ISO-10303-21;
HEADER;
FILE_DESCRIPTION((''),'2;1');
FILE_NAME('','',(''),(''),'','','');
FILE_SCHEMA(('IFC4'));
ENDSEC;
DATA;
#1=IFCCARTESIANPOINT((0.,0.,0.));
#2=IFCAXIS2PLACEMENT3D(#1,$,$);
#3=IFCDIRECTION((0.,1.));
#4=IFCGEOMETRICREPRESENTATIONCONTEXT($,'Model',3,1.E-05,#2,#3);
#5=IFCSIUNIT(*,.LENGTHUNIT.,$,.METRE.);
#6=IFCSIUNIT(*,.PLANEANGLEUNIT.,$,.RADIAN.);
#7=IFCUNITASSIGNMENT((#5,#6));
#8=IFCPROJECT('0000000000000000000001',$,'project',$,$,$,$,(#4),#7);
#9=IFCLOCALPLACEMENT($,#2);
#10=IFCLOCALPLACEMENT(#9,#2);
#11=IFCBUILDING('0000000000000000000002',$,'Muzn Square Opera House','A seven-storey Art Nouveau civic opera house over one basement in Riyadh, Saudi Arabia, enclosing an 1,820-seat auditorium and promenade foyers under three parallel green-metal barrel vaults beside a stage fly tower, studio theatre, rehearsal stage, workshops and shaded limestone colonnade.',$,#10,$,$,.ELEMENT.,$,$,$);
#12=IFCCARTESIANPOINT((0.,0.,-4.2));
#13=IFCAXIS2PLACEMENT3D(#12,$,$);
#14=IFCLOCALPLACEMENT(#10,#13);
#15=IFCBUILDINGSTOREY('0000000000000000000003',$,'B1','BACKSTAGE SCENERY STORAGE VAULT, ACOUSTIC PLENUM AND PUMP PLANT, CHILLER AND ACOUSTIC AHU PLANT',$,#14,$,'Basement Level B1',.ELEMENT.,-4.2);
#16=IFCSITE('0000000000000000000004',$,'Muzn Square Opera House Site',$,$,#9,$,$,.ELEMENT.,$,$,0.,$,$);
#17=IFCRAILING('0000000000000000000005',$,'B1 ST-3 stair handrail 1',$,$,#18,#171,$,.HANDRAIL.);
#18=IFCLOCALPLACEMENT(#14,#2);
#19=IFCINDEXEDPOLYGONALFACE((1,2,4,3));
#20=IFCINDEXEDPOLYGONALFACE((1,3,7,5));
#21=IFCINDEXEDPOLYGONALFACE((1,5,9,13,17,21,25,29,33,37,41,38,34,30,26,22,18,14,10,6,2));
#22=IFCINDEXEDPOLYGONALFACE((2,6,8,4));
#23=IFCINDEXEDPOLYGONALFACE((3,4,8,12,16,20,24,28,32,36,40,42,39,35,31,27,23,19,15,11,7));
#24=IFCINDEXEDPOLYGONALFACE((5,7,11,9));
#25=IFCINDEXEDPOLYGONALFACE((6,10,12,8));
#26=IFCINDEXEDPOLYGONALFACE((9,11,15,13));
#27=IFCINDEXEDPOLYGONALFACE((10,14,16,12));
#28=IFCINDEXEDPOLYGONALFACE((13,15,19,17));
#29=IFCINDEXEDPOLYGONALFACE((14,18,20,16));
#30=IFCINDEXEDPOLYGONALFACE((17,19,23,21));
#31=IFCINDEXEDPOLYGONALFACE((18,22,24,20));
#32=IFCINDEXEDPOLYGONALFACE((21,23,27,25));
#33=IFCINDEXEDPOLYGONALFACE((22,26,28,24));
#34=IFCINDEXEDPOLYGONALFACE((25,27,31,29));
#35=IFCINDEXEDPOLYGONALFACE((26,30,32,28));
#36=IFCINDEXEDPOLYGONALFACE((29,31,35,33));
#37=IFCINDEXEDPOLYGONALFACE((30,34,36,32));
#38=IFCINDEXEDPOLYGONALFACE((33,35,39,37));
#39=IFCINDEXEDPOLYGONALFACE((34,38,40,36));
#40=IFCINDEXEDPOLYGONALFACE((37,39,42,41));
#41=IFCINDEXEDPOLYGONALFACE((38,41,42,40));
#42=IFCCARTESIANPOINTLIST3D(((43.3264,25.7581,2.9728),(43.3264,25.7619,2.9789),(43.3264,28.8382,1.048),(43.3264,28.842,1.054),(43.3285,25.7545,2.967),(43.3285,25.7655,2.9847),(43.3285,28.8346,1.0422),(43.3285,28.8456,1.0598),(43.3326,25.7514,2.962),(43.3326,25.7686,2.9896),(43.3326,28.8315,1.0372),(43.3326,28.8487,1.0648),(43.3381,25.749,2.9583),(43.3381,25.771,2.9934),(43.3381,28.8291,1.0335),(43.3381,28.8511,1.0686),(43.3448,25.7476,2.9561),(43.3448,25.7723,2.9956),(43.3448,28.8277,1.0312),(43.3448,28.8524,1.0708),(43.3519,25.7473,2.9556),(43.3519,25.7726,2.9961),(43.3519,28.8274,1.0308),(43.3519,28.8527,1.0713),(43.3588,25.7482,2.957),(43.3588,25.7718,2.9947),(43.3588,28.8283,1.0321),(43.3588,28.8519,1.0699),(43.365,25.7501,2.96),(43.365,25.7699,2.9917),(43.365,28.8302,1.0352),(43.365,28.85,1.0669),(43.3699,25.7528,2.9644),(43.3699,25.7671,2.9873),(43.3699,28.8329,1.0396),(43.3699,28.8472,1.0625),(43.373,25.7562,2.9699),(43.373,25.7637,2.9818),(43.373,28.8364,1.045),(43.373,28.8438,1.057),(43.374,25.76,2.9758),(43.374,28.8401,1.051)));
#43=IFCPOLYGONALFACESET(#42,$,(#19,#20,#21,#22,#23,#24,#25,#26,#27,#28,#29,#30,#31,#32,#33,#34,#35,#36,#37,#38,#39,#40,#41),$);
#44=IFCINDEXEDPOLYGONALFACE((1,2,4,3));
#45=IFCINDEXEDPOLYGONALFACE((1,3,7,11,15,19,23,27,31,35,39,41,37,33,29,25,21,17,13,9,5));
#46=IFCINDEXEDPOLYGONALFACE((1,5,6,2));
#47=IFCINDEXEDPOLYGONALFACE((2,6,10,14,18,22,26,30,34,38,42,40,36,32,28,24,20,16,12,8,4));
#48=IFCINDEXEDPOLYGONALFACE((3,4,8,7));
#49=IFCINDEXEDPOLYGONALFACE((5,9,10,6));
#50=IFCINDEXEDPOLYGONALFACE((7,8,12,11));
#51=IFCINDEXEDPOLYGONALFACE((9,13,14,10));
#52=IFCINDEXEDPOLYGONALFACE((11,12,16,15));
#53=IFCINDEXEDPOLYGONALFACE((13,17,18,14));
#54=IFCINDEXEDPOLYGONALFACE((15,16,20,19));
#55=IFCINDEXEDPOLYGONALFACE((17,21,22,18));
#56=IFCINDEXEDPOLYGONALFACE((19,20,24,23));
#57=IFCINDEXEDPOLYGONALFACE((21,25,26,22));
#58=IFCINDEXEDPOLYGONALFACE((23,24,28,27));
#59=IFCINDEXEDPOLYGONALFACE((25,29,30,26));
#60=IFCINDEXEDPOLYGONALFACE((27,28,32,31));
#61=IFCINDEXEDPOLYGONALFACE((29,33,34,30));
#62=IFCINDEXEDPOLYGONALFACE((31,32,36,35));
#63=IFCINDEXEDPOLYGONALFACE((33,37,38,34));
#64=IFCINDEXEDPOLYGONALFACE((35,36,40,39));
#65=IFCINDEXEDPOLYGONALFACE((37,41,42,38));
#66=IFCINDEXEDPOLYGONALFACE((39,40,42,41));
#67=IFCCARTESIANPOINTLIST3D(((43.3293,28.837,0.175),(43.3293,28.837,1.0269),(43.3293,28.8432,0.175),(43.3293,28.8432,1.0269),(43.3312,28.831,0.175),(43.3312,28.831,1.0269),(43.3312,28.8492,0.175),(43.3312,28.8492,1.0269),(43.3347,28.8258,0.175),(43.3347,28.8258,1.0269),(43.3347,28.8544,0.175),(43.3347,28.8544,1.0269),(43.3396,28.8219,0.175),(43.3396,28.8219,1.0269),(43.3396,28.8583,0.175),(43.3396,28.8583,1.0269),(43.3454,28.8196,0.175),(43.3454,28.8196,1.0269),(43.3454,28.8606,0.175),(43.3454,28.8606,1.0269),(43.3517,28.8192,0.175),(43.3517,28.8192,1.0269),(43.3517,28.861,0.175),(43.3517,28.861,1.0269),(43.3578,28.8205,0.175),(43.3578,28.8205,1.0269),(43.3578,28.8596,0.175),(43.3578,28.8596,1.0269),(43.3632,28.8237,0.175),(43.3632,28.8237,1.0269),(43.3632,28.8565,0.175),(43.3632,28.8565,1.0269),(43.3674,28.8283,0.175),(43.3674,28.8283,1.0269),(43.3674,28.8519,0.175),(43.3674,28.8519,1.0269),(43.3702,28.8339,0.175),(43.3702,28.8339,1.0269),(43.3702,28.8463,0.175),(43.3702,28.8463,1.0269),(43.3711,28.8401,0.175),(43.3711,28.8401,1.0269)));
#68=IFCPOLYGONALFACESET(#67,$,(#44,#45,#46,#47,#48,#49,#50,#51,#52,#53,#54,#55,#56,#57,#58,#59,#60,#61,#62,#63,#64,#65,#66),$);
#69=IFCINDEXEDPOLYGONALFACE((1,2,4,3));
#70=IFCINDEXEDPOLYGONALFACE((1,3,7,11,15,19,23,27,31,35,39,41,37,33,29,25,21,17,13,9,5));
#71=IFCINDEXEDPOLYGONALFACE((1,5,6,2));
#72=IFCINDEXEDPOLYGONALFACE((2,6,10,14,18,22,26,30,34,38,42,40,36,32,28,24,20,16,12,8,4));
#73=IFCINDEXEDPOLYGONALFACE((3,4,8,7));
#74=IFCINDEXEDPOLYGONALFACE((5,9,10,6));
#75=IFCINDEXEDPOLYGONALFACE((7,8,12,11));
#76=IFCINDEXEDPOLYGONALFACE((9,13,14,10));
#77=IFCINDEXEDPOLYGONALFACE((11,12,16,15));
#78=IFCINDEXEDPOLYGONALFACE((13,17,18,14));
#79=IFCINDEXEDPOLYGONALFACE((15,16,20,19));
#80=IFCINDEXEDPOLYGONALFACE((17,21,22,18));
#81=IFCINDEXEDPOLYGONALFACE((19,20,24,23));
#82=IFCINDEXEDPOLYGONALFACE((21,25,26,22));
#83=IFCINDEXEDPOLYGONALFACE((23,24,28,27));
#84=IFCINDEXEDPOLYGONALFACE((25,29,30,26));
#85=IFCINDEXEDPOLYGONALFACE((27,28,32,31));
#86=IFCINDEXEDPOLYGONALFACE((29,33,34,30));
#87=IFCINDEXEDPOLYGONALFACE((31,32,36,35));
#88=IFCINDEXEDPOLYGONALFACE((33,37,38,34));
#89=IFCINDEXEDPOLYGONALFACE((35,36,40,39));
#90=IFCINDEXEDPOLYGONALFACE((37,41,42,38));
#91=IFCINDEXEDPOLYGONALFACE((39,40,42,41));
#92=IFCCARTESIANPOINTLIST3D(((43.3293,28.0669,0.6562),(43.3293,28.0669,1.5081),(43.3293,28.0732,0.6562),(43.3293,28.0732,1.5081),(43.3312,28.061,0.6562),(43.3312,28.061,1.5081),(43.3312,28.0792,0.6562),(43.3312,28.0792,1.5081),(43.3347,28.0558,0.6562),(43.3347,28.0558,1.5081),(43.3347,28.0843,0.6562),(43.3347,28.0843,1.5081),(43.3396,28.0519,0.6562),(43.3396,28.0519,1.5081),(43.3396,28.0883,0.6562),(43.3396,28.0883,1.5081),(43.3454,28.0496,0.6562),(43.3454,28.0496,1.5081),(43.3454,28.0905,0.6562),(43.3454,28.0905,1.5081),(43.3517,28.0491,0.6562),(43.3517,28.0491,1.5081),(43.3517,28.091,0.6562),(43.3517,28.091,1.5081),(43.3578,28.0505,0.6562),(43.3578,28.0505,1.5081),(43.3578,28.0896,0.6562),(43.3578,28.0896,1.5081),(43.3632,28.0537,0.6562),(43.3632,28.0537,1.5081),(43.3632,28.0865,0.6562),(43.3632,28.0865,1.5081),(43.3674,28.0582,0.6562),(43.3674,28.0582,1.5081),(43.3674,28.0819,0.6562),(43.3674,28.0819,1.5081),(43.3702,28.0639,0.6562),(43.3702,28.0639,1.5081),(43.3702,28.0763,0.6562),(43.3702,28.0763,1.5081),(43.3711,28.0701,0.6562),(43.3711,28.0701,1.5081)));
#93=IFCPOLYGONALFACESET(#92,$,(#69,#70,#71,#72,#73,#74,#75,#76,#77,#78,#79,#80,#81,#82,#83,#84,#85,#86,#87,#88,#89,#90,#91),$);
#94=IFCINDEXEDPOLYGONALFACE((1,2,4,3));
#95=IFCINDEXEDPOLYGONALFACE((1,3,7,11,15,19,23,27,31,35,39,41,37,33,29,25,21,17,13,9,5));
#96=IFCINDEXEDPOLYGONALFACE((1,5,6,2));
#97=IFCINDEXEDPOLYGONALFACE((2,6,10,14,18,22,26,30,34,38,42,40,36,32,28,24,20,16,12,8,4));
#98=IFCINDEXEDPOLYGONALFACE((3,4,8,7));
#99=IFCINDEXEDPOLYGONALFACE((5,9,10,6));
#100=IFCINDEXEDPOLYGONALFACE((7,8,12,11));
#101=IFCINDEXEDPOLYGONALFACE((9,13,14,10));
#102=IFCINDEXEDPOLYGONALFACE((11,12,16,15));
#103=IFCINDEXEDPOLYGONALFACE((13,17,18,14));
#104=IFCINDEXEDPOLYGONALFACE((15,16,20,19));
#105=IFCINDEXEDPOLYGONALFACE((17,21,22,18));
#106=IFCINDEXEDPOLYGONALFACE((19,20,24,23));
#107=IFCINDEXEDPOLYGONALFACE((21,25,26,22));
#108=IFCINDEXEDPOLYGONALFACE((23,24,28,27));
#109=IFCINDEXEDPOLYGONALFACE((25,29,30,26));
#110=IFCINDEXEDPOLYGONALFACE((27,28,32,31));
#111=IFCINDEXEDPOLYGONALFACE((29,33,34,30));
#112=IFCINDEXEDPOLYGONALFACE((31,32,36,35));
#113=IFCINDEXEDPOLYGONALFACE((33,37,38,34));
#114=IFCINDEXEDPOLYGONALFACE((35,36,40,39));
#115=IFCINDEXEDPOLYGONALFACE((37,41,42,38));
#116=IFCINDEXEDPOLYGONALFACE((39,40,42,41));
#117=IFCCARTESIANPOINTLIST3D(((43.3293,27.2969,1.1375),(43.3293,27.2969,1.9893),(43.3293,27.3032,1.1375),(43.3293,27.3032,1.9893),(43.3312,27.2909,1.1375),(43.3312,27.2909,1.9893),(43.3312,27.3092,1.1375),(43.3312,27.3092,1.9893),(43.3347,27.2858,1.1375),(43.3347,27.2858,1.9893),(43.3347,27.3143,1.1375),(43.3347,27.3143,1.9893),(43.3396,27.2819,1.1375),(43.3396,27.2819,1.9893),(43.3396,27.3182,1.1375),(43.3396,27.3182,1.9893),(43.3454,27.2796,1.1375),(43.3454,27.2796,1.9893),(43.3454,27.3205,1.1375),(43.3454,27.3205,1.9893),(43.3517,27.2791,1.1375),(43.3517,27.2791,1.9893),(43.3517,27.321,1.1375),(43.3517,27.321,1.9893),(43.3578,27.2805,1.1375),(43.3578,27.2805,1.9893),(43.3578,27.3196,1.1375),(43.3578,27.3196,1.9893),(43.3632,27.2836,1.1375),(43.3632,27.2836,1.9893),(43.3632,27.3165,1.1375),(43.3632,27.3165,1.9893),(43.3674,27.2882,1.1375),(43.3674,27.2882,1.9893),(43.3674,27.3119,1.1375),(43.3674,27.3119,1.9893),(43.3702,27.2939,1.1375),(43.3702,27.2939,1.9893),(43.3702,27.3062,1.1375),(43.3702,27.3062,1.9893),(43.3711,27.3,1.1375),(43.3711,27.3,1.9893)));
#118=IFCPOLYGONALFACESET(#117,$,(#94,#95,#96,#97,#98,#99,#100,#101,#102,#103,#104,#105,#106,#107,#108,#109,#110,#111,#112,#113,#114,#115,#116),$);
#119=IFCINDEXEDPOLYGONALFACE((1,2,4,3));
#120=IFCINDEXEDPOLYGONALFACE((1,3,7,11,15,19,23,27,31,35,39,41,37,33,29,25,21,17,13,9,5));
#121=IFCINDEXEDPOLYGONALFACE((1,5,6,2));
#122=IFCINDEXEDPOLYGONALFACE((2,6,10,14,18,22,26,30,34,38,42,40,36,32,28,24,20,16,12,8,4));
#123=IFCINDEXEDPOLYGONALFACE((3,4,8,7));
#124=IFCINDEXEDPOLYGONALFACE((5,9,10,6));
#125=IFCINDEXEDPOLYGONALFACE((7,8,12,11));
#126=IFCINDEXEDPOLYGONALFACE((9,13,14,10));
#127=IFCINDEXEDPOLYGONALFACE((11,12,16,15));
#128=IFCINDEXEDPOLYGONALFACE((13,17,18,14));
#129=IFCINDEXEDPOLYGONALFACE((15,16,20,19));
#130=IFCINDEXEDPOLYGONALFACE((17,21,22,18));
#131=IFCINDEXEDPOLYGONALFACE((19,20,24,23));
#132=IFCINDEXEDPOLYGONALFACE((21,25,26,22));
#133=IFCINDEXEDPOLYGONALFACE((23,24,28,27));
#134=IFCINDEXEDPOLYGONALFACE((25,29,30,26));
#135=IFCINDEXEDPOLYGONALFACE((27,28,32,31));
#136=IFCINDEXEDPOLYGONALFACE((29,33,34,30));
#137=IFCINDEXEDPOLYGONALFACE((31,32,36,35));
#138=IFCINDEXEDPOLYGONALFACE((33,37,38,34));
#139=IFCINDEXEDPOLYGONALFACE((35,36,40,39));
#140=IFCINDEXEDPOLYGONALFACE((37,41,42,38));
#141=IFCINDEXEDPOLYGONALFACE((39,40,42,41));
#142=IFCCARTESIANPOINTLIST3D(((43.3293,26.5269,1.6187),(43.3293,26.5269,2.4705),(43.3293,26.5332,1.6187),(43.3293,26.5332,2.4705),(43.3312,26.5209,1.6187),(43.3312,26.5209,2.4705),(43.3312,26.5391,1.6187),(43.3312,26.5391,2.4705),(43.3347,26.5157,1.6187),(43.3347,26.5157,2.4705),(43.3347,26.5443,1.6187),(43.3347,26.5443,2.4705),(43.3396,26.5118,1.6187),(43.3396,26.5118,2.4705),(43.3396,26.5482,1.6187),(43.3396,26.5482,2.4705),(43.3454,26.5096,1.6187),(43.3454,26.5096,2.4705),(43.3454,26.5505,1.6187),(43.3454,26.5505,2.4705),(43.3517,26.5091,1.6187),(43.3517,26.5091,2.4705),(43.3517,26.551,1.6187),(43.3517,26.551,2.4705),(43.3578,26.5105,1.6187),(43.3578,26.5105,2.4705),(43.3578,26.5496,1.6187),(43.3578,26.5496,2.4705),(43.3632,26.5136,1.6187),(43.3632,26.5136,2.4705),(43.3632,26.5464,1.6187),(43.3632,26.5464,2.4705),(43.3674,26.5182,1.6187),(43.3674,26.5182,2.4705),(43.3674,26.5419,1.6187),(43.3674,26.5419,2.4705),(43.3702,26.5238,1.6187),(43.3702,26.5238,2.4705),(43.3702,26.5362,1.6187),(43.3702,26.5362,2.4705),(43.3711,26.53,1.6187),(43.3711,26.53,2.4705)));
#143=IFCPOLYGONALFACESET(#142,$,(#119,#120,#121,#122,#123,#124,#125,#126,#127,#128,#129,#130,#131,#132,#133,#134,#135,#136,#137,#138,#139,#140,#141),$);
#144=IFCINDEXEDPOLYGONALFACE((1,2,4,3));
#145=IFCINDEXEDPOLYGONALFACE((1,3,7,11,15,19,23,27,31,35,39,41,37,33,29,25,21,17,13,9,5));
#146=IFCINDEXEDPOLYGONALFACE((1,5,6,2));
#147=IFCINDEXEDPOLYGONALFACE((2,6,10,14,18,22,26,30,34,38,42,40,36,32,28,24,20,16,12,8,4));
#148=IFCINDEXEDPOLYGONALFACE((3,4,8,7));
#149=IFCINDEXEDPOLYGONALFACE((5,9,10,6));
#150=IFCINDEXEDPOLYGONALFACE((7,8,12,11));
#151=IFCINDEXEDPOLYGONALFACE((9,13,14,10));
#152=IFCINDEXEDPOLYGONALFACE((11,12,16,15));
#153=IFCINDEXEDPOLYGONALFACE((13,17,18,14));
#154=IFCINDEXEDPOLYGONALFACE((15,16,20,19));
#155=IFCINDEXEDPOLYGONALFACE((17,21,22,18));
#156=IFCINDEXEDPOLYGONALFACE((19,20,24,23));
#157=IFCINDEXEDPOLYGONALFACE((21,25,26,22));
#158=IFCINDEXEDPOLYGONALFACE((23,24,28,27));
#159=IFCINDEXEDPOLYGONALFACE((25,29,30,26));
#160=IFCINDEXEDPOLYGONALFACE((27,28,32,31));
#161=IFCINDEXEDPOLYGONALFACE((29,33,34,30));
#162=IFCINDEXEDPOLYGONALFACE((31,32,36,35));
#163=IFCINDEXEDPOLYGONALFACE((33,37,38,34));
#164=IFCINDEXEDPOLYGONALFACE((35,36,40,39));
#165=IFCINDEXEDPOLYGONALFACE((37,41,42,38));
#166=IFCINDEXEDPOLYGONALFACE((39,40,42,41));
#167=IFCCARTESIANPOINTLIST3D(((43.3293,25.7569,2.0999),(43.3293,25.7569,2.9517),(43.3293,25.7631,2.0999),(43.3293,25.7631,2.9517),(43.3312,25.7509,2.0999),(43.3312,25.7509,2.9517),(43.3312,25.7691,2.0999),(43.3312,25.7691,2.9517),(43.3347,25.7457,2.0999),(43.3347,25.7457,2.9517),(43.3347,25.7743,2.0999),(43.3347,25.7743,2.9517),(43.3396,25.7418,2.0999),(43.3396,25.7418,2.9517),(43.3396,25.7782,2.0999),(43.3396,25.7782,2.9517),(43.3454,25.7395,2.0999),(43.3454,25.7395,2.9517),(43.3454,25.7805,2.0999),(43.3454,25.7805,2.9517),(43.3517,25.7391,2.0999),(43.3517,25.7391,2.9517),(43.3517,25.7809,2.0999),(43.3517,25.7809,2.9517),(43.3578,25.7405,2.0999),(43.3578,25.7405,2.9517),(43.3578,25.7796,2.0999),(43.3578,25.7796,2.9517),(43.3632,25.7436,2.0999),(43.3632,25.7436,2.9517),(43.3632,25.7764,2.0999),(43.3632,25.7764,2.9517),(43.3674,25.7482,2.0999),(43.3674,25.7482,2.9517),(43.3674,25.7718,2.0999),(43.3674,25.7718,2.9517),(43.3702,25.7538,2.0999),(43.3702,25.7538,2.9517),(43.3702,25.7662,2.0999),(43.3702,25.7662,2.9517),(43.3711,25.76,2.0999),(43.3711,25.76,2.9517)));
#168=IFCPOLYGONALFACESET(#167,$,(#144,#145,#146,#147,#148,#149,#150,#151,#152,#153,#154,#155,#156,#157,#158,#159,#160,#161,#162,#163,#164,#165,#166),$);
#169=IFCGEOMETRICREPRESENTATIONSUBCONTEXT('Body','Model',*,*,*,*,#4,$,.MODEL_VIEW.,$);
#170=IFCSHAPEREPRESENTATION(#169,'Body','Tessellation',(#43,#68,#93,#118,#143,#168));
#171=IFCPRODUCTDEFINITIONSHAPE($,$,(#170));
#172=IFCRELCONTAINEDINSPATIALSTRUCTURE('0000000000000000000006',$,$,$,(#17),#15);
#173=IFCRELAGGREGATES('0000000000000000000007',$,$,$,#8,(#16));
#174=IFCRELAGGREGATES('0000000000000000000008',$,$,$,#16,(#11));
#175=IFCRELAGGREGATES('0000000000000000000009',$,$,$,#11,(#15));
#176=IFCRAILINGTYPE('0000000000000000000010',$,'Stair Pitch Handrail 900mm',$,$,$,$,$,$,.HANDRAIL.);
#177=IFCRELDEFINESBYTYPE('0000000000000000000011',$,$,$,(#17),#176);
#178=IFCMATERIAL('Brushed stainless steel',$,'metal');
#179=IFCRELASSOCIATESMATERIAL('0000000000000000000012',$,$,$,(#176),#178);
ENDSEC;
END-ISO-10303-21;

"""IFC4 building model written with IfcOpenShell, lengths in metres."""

from ifc_helpers import new_model, si_unit, direction, frame, origin, origin_2d, place, context, subcontext, project, spatial, circle, extrude, material, type_object, element, save


model = new_model("IFC4")

# Units and contexts
model_context = context("Model", 3, precision=1e-05, world=origin(), true_north=direction((0.0, 1.0)))
body_context = subcontext(model_context, "Body", "Model", "MODEL_VIEW")
ifc_project = project(units=[si_unit("LENGTHUNIT", "METRE"), si_unit("PLANEANGLEUNIT", "RADIAN")], contexts=[model_context])

# Site, building, storey
site_placement = place(None, origin())
site = spatial("IfcSite", under=ifc_project, at=site_placement, Name="Muzn Square Opera House Site", CompositionType="ELEMENT", RefElevation=0.0)
building_placement = place(site_placement, origin())
building = spatial("IfcBuilding", under=site, at=building_placement, Name="Muzn Square Opera House", Description="A seven-storey Art Nouveau civic opera house over one basement in Riyadh, Saudi Arabia, enclosing an 1,820-seat auditorium and promenade foyers under three parallel green-metal barrel vaults beside a stage fly tower, studio theatre, rehearsal stage, workshops and shaded limestone colonnade.", CompositionType="ELEMENT")
storey_placement = place(building_placement, frame((0.0, 0.0, -4.2)))
storey = spatial("IfcBuildingStorey", under=building, at=storey_placement, Name="B1", Description="BACKSTAGE SCENERY STORAGE VAULT, ACOUSTIC PLENUM AND PUMP PLANT, CHILLER AND ACOUSTIC AHU PLANT", LongName="Basement Level B1", CompositionType="ELEMENT", Elevation=-4.2)

# Railing
ifc_material_1 = material(Name="Brushed stainless steel", Category="metal")
railing_type_1 = type_object("IfcRailingType", Name="Stair Pitch Handrail 900mm", PredefinedType="HANDRAIL", material=ifc_material_1)
railing_1_placement = place(storey_placement, frame((43.3501, 28.8401, 0.175)))
element("IfcRailing", 1, at=railing_1_placement, inside=storey, type_object=railing_type_1, Name="B1 ST-3 stair handrail 1", PredefinedType="HANDRAIL", context=body_context, shape_type="SweptSolid", body=[
    extrude(circle(Radius=0.0239, at=origin_2d()), frame((0.0, 0.0, 0.876), z_axis=(0.0, -0.848029, 0.529951), x_axis=(1.0, 0.0, 0.0)), (0.0, 0.0, 1.0), 3.6321),
    extrude(circle(Radius=0.021, at=origin_2d()), origin(), (0.0, 0.0, 1.0), 0.8518),
    extrude(circle(Radius=0.021, at=origin_2d()), frame((0.0, -0.77, 0.4812)), (0.0, 0.0, 1.0), 0.8518),
    extrude(circle(Radius=0.021, at=origin_2d()), frame((0.0, -1.54, 0.9624)), (0.0, 0.0, 1.0), 0.8518),
    extrude(circle(Radius=0.021, at=origin_2d()), frame((0.0, -2.3101, 1.4436)), (0.0, 0.0, 1.0), 0.8518),
    extrude(circle(Radius=0.021, at=origin_2d()), frame((0.0, -3.0801, 1.9248)), (0.0, 0.0, 1.0), 0.8518),
])

save(model, "model.ifc")
